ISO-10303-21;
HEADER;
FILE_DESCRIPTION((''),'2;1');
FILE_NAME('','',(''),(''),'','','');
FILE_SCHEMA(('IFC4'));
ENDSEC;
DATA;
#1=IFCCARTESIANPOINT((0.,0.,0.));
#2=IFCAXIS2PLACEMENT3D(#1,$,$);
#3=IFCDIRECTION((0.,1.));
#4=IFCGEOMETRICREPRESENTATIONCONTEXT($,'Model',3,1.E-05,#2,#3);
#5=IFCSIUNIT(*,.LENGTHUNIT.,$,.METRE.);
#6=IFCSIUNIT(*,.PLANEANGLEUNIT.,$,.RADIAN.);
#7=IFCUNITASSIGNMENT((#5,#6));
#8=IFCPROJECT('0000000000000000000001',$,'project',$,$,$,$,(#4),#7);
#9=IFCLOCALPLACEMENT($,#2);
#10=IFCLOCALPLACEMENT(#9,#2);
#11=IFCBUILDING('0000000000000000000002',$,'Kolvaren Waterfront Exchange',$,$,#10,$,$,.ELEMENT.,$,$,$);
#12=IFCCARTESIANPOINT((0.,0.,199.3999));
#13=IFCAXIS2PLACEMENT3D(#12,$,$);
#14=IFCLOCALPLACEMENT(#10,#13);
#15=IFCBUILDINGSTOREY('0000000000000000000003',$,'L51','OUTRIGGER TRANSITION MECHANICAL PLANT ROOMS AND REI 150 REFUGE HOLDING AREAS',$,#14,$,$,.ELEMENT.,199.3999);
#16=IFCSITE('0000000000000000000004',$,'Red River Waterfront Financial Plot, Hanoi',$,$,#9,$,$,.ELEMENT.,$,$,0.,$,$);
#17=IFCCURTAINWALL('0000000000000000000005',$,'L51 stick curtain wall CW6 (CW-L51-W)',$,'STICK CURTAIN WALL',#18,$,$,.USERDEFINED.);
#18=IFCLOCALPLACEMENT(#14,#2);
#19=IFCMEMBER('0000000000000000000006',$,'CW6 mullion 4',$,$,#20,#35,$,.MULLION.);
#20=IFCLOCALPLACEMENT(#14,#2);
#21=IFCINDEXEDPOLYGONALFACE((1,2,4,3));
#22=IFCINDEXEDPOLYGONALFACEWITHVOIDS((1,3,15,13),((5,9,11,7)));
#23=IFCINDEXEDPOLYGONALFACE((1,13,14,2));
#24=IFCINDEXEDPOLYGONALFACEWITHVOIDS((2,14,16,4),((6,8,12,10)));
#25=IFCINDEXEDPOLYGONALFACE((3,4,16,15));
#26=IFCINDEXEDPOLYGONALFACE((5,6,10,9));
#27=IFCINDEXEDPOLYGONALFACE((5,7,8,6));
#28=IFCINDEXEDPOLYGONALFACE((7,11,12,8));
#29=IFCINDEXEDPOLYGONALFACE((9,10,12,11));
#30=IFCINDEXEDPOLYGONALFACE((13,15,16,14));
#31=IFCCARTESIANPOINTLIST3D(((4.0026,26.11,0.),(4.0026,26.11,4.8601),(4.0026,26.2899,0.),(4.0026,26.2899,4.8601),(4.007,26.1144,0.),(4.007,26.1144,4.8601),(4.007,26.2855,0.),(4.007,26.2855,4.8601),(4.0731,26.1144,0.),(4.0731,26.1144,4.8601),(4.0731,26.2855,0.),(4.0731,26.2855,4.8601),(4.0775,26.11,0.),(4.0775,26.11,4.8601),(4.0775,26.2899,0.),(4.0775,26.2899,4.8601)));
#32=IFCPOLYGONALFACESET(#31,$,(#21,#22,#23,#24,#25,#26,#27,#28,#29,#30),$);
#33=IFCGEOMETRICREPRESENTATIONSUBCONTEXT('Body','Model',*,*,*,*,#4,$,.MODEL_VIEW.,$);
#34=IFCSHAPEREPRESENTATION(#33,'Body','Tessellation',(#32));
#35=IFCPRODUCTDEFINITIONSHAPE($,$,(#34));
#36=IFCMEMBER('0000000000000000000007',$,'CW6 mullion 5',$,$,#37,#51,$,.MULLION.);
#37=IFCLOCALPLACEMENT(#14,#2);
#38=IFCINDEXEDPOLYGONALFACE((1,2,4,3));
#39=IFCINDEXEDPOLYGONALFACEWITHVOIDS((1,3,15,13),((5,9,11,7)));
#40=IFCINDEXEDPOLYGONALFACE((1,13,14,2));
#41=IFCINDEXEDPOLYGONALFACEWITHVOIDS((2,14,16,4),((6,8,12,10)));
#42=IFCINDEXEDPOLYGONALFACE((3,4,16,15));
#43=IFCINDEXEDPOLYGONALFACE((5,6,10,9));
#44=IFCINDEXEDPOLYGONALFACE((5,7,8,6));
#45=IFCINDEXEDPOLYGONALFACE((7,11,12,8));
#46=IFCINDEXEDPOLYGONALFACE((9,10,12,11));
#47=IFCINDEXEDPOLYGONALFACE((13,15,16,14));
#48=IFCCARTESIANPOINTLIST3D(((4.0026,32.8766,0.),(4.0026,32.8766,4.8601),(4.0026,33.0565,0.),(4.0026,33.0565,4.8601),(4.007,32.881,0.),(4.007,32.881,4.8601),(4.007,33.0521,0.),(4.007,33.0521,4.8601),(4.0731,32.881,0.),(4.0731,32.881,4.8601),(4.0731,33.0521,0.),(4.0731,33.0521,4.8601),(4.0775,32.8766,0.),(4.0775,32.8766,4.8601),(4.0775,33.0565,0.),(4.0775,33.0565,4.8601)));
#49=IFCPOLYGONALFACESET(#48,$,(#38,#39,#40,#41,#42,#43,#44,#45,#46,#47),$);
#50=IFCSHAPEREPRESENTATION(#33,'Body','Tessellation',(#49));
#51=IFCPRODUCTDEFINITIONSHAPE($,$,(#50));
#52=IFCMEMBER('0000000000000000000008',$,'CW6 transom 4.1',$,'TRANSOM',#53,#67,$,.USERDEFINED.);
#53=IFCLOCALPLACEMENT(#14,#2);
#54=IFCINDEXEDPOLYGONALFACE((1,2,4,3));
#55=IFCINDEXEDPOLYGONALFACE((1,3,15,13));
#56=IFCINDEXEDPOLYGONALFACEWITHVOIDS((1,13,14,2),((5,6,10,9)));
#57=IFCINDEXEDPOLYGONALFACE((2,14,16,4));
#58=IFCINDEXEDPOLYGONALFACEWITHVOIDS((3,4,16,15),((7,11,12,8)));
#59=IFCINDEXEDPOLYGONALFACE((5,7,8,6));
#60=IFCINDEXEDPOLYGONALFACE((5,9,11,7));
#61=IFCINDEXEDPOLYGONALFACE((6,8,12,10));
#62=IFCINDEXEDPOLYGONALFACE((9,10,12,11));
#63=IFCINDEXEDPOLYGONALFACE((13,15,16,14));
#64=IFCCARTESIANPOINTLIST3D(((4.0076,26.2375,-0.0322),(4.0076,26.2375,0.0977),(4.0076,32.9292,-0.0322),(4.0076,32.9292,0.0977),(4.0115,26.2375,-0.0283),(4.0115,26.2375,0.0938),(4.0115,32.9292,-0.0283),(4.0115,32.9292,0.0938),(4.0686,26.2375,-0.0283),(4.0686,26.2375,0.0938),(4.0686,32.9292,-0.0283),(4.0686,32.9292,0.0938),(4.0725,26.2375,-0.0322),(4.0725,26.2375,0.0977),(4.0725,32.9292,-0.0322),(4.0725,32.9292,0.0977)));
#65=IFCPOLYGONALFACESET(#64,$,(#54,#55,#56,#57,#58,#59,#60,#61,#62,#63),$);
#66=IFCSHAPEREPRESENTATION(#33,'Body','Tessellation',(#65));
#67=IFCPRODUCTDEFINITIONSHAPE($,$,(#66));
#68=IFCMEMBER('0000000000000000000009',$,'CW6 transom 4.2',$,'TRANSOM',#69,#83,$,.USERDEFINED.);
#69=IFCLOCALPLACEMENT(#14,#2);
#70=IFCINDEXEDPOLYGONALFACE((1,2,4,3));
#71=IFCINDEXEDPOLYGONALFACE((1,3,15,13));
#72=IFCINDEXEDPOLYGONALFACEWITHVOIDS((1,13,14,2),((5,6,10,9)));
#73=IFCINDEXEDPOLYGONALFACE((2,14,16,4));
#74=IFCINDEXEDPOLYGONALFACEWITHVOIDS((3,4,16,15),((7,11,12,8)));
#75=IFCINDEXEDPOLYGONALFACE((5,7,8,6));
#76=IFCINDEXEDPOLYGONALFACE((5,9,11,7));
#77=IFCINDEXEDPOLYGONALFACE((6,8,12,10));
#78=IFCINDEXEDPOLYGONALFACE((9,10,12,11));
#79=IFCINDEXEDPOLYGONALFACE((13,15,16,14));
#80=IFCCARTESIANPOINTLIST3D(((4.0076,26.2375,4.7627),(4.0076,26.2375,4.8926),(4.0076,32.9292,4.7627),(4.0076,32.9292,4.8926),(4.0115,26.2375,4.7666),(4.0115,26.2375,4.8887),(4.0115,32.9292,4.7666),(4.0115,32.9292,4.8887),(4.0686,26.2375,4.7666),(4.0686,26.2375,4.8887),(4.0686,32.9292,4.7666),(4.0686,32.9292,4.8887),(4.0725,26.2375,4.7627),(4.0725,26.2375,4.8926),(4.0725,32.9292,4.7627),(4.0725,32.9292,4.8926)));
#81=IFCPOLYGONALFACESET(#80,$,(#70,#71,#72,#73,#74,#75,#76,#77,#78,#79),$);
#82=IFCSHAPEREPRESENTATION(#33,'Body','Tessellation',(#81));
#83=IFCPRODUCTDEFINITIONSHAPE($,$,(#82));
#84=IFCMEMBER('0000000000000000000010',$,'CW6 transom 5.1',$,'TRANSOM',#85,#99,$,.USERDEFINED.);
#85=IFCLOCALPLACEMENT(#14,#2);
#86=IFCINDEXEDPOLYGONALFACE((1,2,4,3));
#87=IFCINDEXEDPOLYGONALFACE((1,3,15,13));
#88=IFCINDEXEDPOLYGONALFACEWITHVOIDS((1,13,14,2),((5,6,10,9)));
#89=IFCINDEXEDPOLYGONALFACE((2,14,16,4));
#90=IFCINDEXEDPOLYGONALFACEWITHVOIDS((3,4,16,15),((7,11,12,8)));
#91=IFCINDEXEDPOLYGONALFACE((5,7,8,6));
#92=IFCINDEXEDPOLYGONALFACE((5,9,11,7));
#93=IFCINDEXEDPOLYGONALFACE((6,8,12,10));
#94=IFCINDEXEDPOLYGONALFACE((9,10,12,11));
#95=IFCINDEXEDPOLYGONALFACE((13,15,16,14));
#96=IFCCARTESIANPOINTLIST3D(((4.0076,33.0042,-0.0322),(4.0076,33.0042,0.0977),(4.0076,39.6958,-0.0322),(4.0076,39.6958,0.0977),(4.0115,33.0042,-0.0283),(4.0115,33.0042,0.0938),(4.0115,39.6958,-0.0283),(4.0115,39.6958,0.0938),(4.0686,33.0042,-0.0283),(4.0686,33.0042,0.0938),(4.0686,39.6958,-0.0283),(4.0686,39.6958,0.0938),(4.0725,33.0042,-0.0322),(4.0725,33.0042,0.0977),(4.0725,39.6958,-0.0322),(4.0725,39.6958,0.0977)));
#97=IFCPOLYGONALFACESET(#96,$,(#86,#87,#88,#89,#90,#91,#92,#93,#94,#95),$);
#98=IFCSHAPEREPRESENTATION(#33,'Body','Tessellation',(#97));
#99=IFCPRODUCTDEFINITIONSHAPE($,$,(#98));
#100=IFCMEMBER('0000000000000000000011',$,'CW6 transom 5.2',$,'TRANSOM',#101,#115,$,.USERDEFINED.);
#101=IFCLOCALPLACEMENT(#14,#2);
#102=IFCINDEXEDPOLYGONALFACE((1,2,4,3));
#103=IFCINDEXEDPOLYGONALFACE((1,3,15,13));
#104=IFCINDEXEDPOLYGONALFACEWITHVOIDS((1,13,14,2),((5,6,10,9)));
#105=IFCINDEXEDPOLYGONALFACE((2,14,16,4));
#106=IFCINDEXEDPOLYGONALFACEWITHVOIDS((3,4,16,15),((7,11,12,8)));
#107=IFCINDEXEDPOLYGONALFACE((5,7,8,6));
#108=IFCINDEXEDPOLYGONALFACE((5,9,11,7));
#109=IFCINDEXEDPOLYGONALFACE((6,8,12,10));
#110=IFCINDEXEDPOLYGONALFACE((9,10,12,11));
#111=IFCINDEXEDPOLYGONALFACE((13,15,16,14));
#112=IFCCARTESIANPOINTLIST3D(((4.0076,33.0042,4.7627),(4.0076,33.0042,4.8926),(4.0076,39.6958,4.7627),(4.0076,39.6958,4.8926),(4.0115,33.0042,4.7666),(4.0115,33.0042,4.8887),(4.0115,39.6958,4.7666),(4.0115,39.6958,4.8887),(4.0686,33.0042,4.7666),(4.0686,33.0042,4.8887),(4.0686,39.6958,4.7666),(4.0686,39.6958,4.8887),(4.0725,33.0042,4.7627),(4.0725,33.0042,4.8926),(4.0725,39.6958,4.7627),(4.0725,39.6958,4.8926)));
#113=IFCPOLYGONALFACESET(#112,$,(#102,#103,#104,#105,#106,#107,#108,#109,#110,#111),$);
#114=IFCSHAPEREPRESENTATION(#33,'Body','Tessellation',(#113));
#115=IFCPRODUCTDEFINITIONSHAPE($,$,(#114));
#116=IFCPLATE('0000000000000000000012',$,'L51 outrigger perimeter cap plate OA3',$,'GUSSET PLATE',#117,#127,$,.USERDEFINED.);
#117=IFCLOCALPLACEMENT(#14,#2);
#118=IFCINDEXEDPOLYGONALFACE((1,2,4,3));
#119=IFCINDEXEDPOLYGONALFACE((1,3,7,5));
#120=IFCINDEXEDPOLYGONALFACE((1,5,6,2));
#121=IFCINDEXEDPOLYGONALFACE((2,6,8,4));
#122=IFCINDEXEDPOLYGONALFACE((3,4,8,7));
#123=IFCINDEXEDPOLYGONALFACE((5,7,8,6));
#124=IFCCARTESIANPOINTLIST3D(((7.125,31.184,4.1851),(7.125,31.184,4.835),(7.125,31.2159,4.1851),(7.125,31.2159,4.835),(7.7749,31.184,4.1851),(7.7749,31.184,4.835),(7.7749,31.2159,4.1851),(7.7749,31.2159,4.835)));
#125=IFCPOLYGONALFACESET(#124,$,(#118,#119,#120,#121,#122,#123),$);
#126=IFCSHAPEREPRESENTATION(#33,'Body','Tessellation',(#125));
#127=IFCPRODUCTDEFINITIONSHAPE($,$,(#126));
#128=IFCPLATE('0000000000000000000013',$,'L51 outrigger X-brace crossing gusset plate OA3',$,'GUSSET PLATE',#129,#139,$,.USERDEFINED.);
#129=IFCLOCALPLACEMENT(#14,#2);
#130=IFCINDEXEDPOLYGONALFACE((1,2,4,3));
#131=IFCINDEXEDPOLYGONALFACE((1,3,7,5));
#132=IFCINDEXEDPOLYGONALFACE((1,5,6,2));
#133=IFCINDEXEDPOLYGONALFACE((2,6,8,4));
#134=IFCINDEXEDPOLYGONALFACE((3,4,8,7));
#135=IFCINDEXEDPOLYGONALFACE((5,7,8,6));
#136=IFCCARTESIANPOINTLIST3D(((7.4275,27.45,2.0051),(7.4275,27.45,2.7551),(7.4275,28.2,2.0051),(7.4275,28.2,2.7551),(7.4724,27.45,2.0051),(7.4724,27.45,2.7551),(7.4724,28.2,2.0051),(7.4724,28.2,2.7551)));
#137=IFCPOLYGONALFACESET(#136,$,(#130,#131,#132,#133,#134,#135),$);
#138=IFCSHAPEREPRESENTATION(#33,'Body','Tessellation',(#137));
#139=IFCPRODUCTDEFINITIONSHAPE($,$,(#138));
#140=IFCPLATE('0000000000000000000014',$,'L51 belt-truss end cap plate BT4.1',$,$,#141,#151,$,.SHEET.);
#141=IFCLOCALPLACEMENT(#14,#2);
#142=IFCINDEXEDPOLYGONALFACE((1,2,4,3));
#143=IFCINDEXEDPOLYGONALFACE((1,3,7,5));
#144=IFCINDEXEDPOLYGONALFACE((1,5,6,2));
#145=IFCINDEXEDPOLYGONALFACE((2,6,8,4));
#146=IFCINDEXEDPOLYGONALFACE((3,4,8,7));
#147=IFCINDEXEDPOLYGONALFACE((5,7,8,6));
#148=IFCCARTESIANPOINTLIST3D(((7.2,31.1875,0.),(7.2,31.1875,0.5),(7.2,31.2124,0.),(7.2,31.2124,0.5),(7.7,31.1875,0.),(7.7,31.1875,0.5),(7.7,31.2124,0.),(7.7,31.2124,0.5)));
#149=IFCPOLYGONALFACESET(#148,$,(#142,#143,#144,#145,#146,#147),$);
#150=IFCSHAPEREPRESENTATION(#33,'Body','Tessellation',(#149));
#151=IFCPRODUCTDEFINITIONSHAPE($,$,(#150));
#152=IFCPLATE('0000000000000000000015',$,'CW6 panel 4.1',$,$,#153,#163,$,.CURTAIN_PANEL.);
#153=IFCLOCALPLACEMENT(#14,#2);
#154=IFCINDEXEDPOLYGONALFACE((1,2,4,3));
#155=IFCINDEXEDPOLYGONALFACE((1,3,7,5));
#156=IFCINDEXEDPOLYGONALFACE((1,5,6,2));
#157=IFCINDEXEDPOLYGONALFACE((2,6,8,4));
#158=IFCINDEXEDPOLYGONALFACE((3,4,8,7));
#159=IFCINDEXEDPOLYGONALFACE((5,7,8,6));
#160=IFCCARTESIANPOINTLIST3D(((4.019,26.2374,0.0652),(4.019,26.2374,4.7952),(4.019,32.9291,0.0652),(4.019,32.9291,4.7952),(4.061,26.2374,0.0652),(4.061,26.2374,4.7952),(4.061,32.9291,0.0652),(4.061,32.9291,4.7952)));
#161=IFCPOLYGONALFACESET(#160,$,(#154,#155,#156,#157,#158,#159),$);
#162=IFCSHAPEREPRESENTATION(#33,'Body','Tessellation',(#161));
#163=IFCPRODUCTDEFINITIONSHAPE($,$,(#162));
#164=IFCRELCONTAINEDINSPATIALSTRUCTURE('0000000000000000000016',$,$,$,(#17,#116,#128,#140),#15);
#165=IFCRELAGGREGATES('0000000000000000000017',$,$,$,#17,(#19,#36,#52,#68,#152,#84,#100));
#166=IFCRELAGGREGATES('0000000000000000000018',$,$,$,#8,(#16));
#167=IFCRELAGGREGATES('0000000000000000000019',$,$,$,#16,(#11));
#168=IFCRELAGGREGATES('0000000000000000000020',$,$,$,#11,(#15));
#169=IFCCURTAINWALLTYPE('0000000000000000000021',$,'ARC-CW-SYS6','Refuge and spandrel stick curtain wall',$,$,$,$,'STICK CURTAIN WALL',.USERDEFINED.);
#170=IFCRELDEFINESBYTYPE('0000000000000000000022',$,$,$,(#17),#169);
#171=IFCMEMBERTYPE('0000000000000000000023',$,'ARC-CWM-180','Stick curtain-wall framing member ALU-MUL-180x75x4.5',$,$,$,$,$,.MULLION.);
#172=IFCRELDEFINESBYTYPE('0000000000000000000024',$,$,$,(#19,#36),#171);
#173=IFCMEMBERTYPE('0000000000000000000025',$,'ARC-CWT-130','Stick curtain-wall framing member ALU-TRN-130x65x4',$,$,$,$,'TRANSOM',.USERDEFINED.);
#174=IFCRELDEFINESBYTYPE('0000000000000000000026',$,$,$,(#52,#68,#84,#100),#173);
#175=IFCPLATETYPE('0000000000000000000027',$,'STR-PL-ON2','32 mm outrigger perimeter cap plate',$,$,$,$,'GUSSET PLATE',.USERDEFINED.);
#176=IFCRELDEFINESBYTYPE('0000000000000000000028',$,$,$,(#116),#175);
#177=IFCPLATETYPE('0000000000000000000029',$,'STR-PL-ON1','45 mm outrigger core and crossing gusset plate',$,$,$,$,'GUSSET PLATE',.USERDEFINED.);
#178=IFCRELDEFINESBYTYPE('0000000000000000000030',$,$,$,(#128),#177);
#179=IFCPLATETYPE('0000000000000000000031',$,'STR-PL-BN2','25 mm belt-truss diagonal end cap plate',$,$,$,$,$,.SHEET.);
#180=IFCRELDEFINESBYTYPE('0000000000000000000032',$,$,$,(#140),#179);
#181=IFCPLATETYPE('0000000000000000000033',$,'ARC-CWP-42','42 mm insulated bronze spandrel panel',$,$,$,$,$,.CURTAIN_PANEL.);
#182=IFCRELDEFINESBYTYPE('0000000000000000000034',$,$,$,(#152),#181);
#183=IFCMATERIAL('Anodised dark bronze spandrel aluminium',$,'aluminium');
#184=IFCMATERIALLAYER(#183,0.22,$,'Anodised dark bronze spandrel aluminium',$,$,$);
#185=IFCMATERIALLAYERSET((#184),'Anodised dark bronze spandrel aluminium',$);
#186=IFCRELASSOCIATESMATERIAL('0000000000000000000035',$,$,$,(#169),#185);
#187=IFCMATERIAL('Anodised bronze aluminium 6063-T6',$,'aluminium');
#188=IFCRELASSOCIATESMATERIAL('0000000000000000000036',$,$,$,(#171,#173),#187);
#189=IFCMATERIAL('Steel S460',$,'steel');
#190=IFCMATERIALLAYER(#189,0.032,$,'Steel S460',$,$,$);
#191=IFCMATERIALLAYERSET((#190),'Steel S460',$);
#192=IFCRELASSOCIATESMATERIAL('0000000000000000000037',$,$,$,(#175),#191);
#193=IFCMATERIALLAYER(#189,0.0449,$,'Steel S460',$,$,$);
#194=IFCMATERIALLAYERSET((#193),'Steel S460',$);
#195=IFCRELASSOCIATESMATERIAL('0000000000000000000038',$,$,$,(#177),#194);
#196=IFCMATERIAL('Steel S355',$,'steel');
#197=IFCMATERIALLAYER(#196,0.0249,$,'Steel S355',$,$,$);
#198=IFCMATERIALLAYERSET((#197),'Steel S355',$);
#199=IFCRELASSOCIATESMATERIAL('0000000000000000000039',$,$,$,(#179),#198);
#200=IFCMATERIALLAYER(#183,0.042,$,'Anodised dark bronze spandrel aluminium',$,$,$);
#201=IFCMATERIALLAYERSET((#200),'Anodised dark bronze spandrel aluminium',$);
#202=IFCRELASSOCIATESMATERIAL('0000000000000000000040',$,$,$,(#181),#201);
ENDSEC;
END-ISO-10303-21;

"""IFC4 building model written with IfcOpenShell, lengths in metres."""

from ifc_helpers import new_model, si_unit, direction, frame, origin, origin_with_axes, origin_2d, place, context, subcontext, project, spatial, rectangle, hollow_rectangle, extrude, source, transform, mapped, material, layer, layer_set, material_profile, profile_set, type_object, element, aggregate, save


model = new_model("IFC4")

# Units and contexts
model_context = context("Model", 3, precision=1e-05, world=origin(), true_north=direction((0.0, 1.0)))
body_context = subcontext(model_context, "Body", "Model", "MODEL_VIEW")
ifc_project = project(units=[si_unit("LENGTHUNIT", "METRE"), si_unit("PLANEANGLEUNIT", "RADIAN")], contexts=[model_context])

# Site, building, storey
site_placement = place(None, origin())
site = spatial("IfcSite", under=ifc_project, at=site_placement, Name="Red River Waterfront Financial Plot, Hanoi", CompositionType="ELEMENT", RefElevation=0.0)
building_placement = place(site_placement, origin())
building = spatial("IfcBuilding", under=site, at=building_placement, Name="Kolvaren Waterfront Exchange", CompositionType="ELEMENT")
storey_placement = place(building_placement, frame((0.0, 0.0, 199.3999)))
storey = spatial("IfcBuildingStorey", under=building, at=storey_placement, Name="L51", Description="OUTRIGGER TRANSITION MECHANICAL PLANT ROOMS AND REI 150 REFUGE HOLDING AREAS", CompositionType="ELEMENT", Elevation=199.3999)

# Shared definitions
ifc_material_1 = material(Name="Steel S355", Category="steel")

# Shared definitions
ifc_material_2 = material(Name="Steel S460", Category="steel")

# Curtain wall, members
ifc_material_3 = material(Name="Anodised dark bronze spandrel aluminium", Category="aluminium")
ifc_layer_1 = layer(ifc_material_3, 0.22, Name="Anodised dark bronze spandrel aluminium")
ifc_layer_set_1 = layer_set([ifc_layer_1], Name="Anodised dark bronze spandrel aluminium")
curtain_wall_type = type_object("IfcCurtainWallType", Name="ARC-CW-SYS6", Description="Refuge and spandrel stick curtain wall", ElementType="STICK CURTAIN WALL", PredefinedType="USERDEFINED", material=ifc_layer_set_1)
curtain_wall_placement = place(storey_placement, origin())
curtain_wall = element("IfcCurtainWall", 1, at=curtain_wall_placement, inside=storey, type_object=curtain_wall_type, Name="L51 stick curtain wall CW6 (CW-L51-W)", ObjectType="STICK CURTAIN WALL", PredefinedType="USERDEFINED")
ifc_material_4 = material(Name="Anodised bronze aluminium 6063-T6", Category="aluminium")
ifc_material_profile_1 = material_profile(ifc_material_4, hollow_rectangle(XDim=0.075, YDim=0.1799, WallThickness=0.0044, at=origin_2d()), Name="ALU-MUL-180x75x4.5")
ifc_profile_set_1 = profile_set([ifc_material_profile_1], Name="Anodised bronze aluminium 6063-T6")
member_type_1 = type_object("IfcMemberType", Name="ARC-CWM-180", Description="Stick curtain-wall framing member ALU-MUL-180x75x4.5", PredefinedType="MULLION", material=ifc_profile_set_1)
shared_shape_1 = source(origin_with_axes(), body_context, "Body", "SweptSolid", [
    extrude(hollow_rectangle(XDim=0.075, YDim=0.1799, WallThickness=0.0044, at=origin_2d()), origin(), (0.0, 0.0, 1.0), 4.8601),
])
member_1_placement = place(storey_placement, frame((4.04, 26.2, 0.0), z_axis=(0.0, 0.0, 1.0), x_axis=(-1.0, 0.0, 0.0)))
member_1 = element("IfcMember", 2, at=member_1_placement, type_object=member_type_1, Name="CW6 mullion 4", PredefinedType="MULLION", context=body_context, shape_type="MappedRepresentation", body=[
    mapped(shared_shape_1, transform((0.0, 0.0, 0.0), x_axis=(1.0, 0.0, 0.0), y_axis=(0.0, 1.0, 0.0), z_axis=(0.0, 0.0, 1.0), scale=1.0)),
])
member_2_placement = place(storey_placement, frame((4.04, 32.9666, 0.0), z_axis=(0.0, 0.0, 1.0), x_axis=(-1.0, 0.0, 0.0)))
member_2 = element("IfcMember", 3, at=member_2_placement, type_object=member_type_1, Name="CW6 mullion 5", PredefinedType="MULLION", context=body_context, shape_type="MappedRepresentation", body=[
    mapped(shared_shape_1, transform((0.0, 0.0, 0.0), x_axis=(1.0, 0.0, 0.0), y_axis=(0.0, 1.0, 0.0), z_axis=(0.0, 0.0, 1.0), scale=1.0)),
])
ifc_material_profile_2 = material_profile(ifc_material_4, hollow_rectangle(XDim=0.0649, YDim=0.1299, WallThickness=0.0039, at=origin_2d()), Name="ALU-TRN-130x65x4")
ifc_profile_set_2 = profile_set([ifc_material_profile_2], Name="Anodised bronze aluminium 6063-T6")
member_type_2 = type_object("IfcMemberType", Name="ARC-CWT-130", Description="Stick curtain-wall framing member ALU-TRN-130x65x4", ElementType="TRANSOM", PredefinedType="USERDEFINED", material=ifc_profile_set_2)
shared_shape_2 = source(origin_with_axes(), body_context, "Body", "SweptSolid", [
    extrude(hollow_rectangle(XDim=0.0649, YDim=0.1299, WallThickness=0.0039, at=origin_2d()), origin(), (0.0, 0.0, 1.0), 6.6917),
])
member_3_placement = place(storey_placement, frame((4.04, 26.2375, 0.0327), z_axis=(0.0, 1.0, 0.0), x_axis=(-1.0, 0.0, 0.0)))
member_3 = element("IfcMember", 4, at=member_3_placement, type_object=member_type_2, Name="CW6 transom 4.1", ObjectType="TRANSOM", PredefinedType="USERDEFINED", context=body_context, shape_type="MappedRepresentation", body=[
    mapped(shared_shape_2, transform((0.0, 0.0, 0.0), x_axis=(1.0, 0.0, 0.0), y_axis=(0.0, 1.0, 0.0), z_axis=(0.0, 0.0, 1.0), scale=1.0)),
])
member_4_placement = place(storey_placement, frame((4.04, 26.2375, 4.8276), z_axis=(0.0, 1.0, 0.0), x_axis=(-1.0, 0.0, 0.0)))
member_4 = element("IfcMember", 5, at=member_4_placement, type_object=member_type_2, Name="CW6 transom 4.2", ObjectType="TRANSOM", PredefinedType="USERDEFINED", context=body_context, shape_type="MappedRepresentation", body=[
    mapped(shared_shape_2, transform((0.0, 0.0, 0.0), x_axis=(1.0, 0.0, 0.0), y_axis=(0.0, 1.0, 0.0), z_axis=(0.0, 0.0, 1.0), scale=1.0)),
])
member_5_placement = place(storey_placement, frame((4.04, 33.0042, 0.0327), z_axis=(0.0, 1.0, 0.0), x_axis=(-1.0, 0.0, 0.0)))
member_5 = element("IfcMember", 6, at=member_5_placement, type_object=member_type_2, Name="CW6 transom 5.1", ObjectType="TRANSOM", PredefinedType="USERDEFINED", context=body_context, shape_type="MappedRepresentation", body=[
    mapped(shared_shape_2, transform((0.0, 0.0, 0.0), x_axis=(1.0, 0.0, 0.0), y_axis=(0.0, 1.0, 0.0), z_axis=(0.0, 0.0, 1.0), scale=1.0)),
])
member_6_placement = place(storey_placement, frame((4.04, 33.0042, 4.8276), z_axis=(0.0, 1.0, 0.0), x_axis=(-1.0, 0.0, 0.0)))
member_6 = element("IfcMember", 7, at=member_6_placement, type_object=member_type_2, Name="CW6 transom 5.2", ObjectType="TRANSOM", PredefinedType="USERDEFINED", context=body_context, shape_type="MappedRepresentation", body=[
    mapped(shared_shape_2, transform((0.0, 0.0, 0.0), x_axis=(1.0, 0.0, 0.0), y_axis=(0.0, 1.0, 0.0), z_axis=(0.0, 0.0, 1.0), scale=1.0)),
])

# Plates
ifc_layer_2 = layer(ifc_material_2, 0.032, Name="Steel S460")
ifc_layer_set_2 = layer_set([ifc_layer_2], Name="Steel S460")
plate_type_1 = type_object("IfcPlateType", Name="STR-PL-ON2", Description="32 mm outrigger perimeter cap plate", ElementType="GUSSET PLATE", PredefinedType="USERDEFINED", material=ifc_layer_set_2)
shared_shape_3 = source(origin_with_axes(), body_context, "Body", "SweptSolid", [
    extrude(rectangle(XDim=0.6499, YDim=0.032, at=origin_2d()), origin(), (0.0, 0.0, 1.0), 0.6499),
])
plate_1_placement = place(storey_placement, frame((7.45, 31.2, 4.1851), z_axis=(0.0, 0.0, 1.0), x_axis=(1.0, 0.0, 0.0)))
element("IfcPlate", 8, at=plate_1_placement, inside=storey, type_object=plate_type_1, Name="L51 outrigger perimeter cap plate OA3", ObjectType="GUSSET PLATE", PredefinedType="USERDEFINED", context=body_context, shape_type="MappedRepresentation", body=[
    mapped(shared_shape_3, transform((0.0, 0.0, 0.0), x_axis=(1.0, 0.0, 0.0), y_axis=(0.0, 1.0, 0.0), z_axis=(0.0, 0.0, 1.0), scale=1.0)),
])
ifc_layer_3 = layer(ifc_material_2, 0.0449, Name="Steel S460")
ifc_layer_set_3 = layer_set([ifc_layer_3], Name="Steel S460")
plate_type_2 = type_object("IfcPlateType", Name="STR-PL-ON1", Description="45 mm outrigger core and crossing gusset plate", ElementType="GUSSET PLATE", PredefinedType="USERDEFINED", material=ifc_layer_set_3)
shared_shape_4 = source(origin_with_axes(), body_context, "Body", "SweptSolid", [
    extrude(rectangle(XDim=0.0449, YDim=0.75, at=origin_2d()), origin(), (0.0, 0.0, 1.0), 0.75),
])
plate_2_placement = place(storey_placement, frame((7.45, 27.825, 2.0051), z_axis=(0.0, 0.0, 1.0), x_axis=(1.0, 0.0, 0.0)))
element("IfcPlate", 9, at=plate_2_placement, inside=storey, type_object=plate_type_2, Name="L51 outrigger X-brace crossing gusset plate OA3", ObjectType="GUSSET PLATE", PredefinedType="USERDEFINED", context=body_context, shape_type="MappedRepresentation", body=[
    mapped(shared_shape_4, transform((0.0, 0.0, 0.0), x_axis=(1.0, 0.0, 0.0), y_axis=(0.0, 1.0, 0.0), z_axis=(0.0, 0.0, 1.0), scale=1.0)),
])
ifc_layer_4 = layer(ifc_material_1, 0.0249, Name="Steel S355")
ifc_layer_set_4 = layer_set([ifc_layer_4], Name="Steel S355")
plate_type_3 = type_object("IfcPlateType", Name="STR-PL-BN2", Description="25 mm belt-truss diagonal end cap plate", PredefinedType="SHEET", material=ifc_layer_set_4)
shared_shape_5 = source(origin_with_axes(), body_context, "Body", "SweptSolid", [
    extrude(rectangle(XDim=0.5, YDim=0.0249, at=origin_2d()), origin(), (0.0, 0.0, 1.0), 0.5),
])
plate_3_placement = place(storey_placement, frame((7.45, 31.2, 0.0), z_axis=(0.0, 0.0, 1.0), x_axis=(1.0, 0.0, 0.0)))
element("IfcPlate", 10, at=plate_3_placement, inside=storey, type_object=plate_type_3, Name="L51 belt-truss end cap plate BT4.1", PredefinedType="SHEET", context=body_context, shape_type="MappedRepresentation", body=[
    mapped(shared_shape_5, transform((0.0, 0.0, 0.0), x_axis=(1.0, 0.0, 0.0), y_axis=(0.0, 1.0, 0.0), z_axis=(0.0, 0.0, 1.0), scale=1.0)),
])

# Plate
ifc_layer_5 = layer(ifc_material_3, 0.042, Name="Anodised dark bronze spandrel aluminium")
ifc_layer_set_5 = layer_set([ifc_layer_5], Name="Anodised dark bronze spandrel aluminium")
plate_type_4 = type_object("IfcPlateType", Name="ARC-CWP-42", Description="42 mm insulated bronze spandrel panel", PredefinedType="CURTAIN_PANEL", material=ifc_layer_set_5)
shared_shape_6 = source(origin_with_axes(), body_context, "Body", "SweptSolid", [
    extrude(rectangle(XDim=6.6917, YDim=0.042, at=origin_2d()), origin(), (0.0, 0.0, 1.0), 4.73),
])
plate_4_placement = place(storey_placement, frame((4.04, 29.5833, 0.0652), z_axis=(0.0, 0.0, 1.0), x_axis=(0.0, 1.0, 0.0)))
plate_4 = element("IfcPlate", 11, at=plate_4_placement, type_object=plate_type_4, Name="CW6 panel 4.1", PredefinedType="CURTAIN_PANEL", context=body_context, shape_type="MappedRepresentation", body=[
    mapped(shared_shape_6, transform((0.0, 0.0, 0.0), x_axis=(1.0, 0.0, 0.0), y_axis=(0.0, 1.0, 0.0), z_axis=(0.0, 0.0, 1.0), scale=1.0)),
])
aggregate(curtain_wall, [member_1, member_2, member_3, member_4, plate_4, member_5, member_6])

save(model, "model.ifc")
